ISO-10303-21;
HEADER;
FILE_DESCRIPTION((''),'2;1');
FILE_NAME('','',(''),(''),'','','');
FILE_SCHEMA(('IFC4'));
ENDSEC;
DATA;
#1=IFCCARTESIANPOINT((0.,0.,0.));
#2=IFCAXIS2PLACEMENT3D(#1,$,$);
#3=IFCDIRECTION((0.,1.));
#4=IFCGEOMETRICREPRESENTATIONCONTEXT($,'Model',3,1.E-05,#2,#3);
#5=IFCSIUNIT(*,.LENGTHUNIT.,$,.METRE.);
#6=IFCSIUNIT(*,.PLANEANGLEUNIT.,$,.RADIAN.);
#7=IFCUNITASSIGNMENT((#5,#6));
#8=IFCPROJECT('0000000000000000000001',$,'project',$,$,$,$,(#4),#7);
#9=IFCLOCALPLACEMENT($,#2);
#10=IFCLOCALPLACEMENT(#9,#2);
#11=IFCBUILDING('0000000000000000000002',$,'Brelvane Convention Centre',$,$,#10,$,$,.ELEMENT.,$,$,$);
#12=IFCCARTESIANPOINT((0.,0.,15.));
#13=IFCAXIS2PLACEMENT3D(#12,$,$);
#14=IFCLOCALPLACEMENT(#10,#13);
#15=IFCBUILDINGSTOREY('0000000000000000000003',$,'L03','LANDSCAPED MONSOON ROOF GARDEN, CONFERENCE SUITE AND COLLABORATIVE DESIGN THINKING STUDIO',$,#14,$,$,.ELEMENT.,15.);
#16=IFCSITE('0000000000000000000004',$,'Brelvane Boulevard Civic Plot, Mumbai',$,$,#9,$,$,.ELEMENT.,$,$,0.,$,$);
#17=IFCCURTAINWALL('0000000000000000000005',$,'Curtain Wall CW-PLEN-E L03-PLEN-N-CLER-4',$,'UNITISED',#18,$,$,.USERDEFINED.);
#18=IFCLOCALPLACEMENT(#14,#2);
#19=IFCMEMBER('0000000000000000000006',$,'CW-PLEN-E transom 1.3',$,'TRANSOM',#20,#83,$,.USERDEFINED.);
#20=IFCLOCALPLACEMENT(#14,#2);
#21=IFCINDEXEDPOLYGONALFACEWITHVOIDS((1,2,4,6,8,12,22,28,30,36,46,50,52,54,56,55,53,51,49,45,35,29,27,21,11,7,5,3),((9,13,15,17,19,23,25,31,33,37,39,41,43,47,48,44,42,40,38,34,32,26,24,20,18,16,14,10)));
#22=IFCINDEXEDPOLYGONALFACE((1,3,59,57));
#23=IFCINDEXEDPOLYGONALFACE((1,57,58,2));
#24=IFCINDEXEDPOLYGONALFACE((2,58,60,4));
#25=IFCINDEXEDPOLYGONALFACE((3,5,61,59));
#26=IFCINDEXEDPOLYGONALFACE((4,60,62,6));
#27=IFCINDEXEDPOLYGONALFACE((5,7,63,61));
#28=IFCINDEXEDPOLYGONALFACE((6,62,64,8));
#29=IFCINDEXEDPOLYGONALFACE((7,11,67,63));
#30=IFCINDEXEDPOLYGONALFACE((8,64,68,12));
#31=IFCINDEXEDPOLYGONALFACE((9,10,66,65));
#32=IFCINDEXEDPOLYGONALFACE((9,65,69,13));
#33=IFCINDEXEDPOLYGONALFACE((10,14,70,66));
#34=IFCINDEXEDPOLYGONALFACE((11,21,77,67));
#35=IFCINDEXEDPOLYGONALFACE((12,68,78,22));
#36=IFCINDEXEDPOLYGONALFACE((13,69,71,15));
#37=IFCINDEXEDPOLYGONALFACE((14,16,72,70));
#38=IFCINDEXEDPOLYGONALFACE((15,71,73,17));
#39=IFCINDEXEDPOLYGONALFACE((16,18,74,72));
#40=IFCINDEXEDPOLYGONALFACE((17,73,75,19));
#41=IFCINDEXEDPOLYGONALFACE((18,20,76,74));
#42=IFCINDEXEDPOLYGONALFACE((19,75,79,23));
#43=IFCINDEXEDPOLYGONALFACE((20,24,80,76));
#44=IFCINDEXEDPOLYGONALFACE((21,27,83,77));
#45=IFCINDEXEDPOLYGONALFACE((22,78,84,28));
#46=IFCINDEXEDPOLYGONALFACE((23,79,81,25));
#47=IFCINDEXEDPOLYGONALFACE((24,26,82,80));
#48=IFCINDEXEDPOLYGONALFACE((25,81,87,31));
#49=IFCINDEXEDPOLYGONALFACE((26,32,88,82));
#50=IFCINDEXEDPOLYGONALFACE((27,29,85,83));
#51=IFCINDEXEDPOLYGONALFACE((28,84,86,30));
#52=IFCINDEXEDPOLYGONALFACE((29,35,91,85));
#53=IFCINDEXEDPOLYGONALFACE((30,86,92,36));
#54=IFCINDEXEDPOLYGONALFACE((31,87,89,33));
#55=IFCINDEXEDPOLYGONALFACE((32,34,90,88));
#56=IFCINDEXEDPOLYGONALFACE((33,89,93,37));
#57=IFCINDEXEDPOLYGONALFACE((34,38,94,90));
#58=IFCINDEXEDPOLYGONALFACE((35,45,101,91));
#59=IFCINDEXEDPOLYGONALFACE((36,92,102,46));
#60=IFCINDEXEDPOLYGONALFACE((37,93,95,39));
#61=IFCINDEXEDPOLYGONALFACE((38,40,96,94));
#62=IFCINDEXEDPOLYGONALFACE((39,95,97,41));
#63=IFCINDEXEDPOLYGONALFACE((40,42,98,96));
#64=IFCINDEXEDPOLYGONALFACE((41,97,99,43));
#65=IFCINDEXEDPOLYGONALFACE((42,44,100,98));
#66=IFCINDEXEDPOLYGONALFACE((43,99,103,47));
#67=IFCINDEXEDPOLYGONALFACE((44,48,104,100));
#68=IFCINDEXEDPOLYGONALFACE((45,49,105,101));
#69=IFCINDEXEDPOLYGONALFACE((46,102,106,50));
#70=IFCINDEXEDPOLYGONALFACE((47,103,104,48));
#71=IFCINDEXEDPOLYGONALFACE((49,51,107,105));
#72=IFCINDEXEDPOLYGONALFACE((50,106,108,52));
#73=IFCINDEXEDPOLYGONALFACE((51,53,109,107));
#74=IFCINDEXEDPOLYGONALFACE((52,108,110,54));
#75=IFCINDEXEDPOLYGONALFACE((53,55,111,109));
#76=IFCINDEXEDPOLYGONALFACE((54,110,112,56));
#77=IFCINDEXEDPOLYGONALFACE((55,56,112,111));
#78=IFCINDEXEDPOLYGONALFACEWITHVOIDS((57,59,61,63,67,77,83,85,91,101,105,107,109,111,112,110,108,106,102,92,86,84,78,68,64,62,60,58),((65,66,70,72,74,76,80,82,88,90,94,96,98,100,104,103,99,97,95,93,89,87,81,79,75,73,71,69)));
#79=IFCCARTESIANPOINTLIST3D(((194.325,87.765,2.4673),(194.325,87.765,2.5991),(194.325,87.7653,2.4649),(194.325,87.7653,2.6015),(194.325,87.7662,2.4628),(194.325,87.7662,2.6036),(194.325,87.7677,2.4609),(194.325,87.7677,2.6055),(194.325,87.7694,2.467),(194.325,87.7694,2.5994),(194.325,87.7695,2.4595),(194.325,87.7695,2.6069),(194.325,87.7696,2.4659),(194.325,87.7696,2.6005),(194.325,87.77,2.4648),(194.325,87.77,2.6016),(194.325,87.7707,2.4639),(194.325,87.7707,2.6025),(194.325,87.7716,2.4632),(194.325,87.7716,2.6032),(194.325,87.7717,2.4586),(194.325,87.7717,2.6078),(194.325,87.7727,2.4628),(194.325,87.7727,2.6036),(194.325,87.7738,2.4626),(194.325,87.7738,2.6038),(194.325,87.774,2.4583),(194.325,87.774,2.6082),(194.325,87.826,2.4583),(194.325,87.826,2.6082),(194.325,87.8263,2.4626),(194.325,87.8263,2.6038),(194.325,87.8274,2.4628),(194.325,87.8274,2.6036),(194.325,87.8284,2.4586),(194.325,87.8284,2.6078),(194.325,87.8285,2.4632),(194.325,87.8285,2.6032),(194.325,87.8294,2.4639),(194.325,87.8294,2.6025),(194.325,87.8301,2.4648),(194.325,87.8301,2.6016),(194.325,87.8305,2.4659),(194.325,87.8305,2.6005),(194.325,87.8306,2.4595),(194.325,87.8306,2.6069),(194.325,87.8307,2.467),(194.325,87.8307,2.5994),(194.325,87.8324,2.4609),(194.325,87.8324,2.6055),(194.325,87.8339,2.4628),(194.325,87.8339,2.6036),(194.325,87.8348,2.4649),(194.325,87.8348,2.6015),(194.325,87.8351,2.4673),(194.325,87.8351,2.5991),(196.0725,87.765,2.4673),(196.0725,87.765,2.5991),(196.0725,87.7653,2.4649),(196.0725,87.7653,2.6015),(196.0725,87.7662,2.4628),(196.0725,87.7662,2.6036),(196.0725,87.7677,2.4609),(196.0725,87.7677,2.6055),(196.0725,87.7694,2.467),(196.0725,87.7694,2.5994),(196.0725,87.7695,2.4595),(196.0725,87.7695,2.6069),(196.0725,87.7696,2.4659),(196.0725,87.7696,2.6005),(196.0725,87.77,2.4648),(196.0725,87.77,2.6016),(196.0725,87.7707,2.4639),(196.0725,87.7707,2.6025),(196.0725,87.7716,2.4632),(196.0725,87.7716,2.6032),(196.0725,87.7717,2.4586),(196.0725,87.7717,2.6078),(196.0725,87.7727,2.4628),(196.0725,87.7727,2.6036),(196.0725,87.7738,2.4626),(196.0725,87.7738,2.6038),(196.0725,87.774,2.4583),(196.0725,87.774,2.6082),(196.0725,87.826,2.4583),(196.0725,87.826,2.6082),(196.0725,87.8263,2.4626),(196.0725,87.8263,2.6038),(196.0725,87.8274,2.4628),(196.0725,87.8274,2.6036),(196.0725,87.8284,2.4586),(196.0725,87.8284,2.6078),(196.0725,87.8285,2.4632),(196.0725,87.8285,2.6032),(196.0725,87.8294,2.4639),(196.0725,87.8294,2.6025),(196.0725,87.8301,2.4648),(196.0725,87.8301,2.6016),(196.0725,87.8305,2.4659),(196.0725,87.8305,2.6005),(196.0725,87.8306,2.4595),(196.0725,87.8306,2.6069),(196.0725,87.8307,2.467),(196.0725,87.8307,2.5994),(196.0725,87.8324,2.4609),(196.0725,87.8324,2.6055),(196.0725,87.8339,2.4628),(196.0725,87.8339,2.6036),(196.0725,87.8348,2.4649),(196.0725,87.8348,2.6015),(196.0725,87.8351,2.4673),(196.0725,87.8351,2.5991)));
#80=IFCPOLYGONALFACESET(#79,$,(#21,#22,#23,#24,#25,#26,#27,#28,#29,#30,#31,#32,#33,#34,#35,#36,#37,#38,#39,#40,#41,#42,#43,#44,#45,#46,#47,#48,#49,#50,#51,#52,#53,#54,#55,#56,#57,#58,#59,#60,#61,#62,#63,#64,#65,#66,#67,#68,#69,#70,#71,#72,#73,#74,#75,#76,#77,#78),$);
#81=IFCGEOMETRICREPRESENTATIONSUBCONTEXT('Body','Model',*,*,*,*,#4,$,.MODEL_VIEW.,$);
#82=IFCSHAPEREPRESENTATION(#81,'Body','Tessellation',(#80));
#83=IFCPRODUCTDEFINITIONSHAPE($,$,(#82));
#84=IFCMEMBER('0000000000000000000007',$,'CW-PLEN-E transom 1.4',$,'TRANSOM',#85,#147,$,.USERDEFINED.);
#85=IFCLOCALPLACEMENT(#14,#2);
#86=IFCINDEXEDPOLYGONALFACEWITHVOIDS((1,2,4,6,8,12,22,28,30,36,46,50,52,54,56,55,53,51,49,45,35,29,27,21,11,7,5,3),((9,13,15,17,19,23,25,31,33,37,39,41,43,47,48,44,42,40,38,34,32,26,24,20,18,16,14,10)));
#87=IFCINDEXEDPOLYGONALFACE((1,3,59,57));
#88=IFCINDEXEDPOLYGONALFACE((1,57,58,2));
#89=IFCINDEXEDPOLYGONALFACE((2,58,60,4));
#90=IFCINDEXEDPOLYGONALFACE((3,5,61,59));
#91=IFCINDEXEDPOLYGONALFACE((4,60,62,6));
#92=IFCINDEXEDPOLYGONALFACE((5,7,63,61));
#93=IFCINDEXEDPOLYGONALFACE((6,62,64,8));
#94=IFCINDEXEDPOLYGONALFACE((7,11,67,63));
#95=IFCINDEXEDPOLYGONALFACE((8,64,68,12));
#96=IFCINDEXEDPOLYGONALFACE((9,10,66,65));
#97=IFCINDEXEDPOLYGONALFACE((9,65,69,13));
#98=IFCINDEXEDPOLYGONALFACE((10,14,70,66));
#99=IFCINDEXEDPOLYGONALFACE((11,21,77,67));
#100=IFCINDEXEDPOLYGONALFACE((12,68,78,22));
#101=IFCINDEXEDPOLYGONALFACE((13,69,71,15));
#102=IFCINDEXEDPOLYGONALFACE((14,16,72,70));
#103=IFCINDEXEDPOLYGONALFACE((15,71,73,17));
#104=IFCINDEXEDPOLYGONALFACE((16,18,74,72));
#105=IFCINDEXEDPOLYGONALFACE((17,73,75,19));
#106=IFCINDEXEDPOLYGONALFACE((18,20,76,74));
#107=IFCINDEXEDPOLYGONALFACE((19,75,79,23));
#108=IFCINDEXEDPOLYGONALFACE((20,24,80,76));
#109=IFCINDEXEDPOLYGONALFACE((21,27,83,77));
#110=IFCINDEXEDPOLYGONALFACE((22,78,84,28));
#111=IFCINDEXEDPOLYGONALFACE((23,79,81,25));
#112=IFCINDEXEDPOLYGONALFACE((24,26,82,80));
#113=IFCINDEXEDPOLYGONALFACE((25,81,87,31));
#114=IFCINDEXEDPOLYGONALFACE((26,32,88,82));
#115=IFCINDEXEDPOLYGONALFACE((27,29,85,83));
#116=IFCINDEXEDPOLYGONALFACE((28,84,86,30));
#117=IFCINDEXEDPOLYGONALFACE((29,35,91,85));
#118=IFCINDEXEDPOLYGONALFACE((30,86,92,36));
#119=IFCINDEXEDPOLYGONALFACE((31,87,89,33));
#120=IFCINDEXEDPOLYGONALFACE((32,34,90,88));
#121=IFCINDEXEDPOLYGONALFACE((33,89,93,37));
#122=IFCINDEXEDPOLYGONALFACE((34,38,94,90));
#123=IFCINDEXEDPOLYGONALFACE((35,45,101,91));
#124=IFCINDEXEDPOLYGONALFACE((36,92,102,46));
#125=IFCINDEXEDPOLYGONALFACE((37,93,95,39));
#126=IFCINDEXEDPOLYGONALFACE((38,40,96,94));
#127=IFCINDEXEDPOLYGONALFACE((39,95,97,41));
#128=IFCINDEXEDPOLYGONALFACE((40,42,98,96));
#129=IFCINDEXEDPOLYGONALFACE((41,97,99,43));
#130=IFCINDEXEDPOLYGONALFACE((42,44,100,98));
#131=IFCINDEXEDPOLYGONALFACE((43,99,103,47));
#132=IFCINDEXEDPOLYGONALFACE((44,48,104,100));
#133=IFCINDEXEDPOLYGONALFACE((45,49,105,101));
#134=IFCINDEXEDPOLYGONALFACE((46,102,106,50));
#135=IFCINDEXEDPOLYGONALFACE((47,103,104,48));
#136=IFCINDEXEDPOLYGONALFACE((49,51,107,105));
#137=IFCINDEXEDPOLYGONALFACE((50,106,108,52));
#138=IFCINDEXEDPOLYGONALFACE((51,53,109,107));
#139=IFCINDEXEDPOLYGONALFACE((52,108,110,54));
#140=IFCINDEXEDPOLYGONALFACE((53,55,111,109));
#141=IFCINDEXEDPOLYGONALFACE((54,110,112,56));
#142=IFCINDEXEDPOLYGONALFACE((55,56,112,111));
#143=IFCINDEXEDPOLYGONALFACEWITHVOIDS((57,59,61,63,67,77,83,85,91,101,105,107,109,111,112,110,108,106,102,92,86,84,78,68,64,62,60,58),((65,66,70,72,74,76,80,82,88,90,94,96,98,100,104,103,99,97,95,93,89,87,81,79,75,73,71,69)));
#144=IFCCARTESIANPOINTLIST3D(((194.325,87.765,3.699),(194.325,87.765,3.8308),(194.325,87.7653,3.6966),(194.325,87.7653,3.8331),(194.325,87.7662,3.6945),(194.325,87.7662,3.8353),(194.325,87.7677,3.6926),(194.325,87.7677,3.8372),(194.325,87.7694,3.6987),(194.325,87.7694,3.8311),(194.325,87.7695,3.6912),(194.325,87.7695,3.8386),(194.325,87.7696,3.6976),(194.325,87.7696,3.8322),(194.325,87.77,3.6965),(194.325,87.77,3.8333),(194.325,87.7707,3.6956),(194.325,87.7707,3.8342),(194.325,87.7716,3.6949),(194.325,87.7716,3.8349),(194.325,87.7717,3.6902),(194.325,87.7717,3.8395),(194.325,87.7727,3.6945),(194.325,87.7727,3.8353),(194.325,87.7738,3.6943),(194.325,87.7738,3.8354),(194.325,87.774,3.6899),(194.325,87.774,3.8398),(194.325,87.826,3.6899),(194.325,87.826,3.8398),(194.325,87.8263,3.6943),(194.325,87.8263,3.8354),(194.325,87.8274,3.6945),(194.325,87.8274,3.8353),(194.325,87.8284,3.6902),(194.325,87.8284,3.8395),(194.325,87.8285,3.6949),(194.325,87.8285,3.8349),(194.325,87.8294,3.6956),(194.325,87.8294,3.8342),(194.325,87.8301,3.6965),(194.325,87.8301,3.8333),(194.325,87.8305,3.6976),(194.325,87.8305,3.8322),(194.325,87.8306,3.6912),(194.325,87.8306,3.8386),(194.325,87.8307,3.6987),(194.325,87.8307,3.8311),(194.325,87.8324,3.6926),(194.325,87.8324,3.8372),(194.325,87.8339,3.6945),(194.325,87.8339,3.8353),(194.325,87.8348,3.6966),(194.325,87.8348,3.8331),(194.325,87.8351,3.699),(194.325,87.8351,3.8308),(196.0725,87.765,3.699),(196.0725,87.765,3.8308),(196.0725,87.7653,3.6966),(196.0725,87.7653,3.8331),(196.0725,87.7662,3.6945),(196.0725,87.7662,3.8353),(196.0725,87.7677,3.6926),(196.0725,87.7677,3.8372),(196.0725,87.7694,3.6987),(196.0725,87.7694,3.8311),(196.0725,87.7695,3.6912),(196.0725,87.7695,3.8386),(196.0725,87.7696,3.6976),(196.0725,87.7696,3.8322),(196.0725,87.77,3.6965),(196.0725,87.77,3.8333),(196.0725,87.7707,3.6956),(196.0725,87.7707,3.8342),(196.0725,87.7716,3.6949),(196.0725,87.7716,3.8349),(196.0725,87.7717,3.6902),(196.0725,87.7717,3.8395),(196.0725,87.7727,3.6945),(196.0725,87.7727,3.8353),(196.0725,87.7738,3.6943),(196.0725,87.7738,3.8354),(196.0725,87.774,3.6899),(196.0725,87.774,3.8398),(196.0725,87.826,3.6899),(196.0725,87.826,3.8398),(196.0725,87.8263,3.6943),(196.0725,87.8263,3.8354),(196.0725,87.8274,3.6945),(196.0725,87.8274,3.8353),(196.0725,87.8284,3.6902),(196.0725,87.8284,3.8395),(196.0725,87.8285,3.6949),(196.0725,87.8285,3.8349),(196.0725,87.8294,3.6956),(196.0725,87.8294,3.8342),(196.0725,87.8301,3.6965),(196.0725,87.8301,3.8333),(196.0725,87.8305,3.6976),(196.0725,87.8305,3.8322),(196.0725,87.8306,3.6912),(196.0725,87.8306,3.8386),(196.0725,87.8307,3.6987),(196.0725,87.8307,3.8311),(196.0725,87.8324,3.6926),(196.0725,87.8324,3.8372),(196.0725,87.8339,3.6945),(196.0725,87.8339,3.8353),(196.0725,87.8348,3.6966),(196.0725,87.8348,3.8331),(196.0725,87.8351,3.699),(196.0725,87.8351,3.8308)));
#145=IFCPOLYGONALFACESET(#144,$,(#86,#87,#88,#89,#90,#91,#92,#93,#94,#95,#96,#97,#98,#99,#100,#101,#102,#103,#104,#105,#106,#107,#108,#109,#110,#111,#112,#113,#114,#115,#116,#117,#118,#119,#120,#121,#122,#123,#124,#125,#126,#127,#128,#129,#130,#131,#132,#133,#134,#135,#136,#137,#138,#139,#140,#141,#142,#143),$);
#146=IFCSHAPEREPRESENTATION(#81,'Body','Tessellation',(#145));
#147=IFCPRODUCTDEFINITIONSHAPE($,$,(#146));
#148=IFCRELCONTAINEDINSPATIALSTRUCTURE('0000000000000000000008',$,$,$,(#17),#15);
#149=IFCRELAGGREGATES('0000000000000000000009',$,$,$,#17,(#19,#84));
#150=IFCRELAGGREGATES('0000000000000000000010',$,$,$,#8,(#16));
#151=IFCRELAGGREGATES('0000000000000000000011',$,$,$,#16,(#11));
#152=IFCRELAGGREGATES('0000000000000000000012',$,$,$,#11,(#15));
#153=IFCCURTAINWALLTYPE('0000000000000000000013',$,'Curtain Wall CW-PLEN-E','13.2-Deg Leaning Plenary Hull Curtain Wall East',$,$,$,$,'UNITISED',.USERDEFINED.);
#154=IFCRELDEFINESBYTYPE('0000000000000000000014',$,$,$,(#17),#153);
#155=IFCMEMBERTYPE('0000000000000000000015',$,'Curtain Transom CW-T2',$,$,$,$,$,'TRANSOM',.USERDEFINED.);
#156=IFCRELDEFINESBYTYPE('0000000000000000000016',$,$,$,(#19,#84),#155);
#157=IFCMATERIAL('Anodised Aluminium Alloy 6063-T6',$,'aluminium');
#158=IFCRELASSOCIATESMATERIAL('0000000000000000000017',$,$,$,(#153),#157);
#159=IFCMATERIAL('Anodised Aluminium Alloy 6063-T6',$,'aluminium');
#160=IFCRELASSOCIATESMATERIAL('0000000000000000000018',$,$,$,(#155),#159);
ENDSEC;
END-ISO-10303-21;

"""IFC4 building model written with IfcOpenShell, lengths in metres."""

from ifc_helpers import new_model, si_unit, direction, frame, origin, origin_2d, place, context, subcontext, project, spatial, hollow_rectangle, extrude, material, material_profile, profile_set, type_object, element, aggregate, save


model = new_model("IFC4")

# Units and contexts
model_context = context("Model", 3, precision=1e-05, world=origin(), true_north=direction((0.0, 1.0)))
body_context = subcontext(model_context, "Body", "Model", "MODEL_VIEW")
ifc_project = project(units=[si_unit("LENGTHUNIT", "METRE"), si_unit("PLANEANGLEUNIT", "RADIAN")], contexts=[model_context])

# Site, building, storey
site_placement = place(None, origin())
site = spatial("IfcSite", under=ifc_project, at=site_placement, Name="Brelvane Boulevard Civic Plot, Mumbai", CompositionType="ELEMENT", RefElevation=0.0)
building_placement = place(site_placement, origin())
building = spatial("IfcBuilding", under=site, at=building_placement, Name="Brelvane Convention Centre", CompositionType="ELEMENT")
storey_placement = place(building_placement, frame((0.0, 0.0, 15.0)))
storey = spatial("IfcBuildingStorey", under=building, at=storey_placement, Name="L03", Description="LANDSCAPED MONSOON ROOF GARDEN, CONFERENCE SUITE AND COLLABORATIVE DESIGN THINKING STUDIO", CompositionType="ELEMENT", Elevation=15.0)

# Shared definitions
ifc_material_1 = material(Name="Anodised Aluminium Alloy 6063-T6", Category="aluminium")
curtain_wall_type = type_object("IfcCurtainWallType", Name="Curtain Wall CW-PLEN-E", Description="13.2-Deg Leaning Plenary Hull Curtain Wall East", ElementType="UNITISED", PredefinedType="USERDEFINED", material=ifc_material_1)

# Curtain wall
curtain_wall_1_placement = place(storey_placement, origin())
curtain_wall_1 = element("IfcCurtainWall", 1, at=curtain_wall_1_placement, inside=storey, type_object=curtain_wall_type, Name="Curtain Wall CW-PLEN-E L03-PLEN-N-CLER-4", ObjectType="UNITISED", PredefinedType="USERDEFINED")

# Members
ifc_material_2 = material(Name="Anodised Aluminium Alloy 6063-T6", Category="aluminium")
ifc_material_profile_1 = material_profile(ifc_material_2, hollow_rectangle(XDim=0.0701, YDim=0.1499, WallThickness=0.0044, InnerFilletRadius=0.0044, OuterFilletRadius=0.009, at=origin_2d()), Name="ALU-T 150x70x4.5")
ifc_profile_set_1 = profile_set([ifc_material_profile_1], Name="Anodised Aluminium Alloy 6063-T6")
member_type_1 = type_object("IfcMemberType", Name="Curtain Transom CW-T2", ElementType="TRANSOM", PredefinedType="USERDEFINED", material=ifc_profile_set_1)
member_1_placement = place(storey_placement, frame((194.325, 87.8, 2.5332), z_axis=(1.0, 0.0, 0.0), x_axis=(0.0, 1.0, 0.0)))
member_1 = element("IfcMember", 2, at=member_1_placement, type_object=member_type_1, Name="CW-PLEN-E transom 1.3", ObjectType="TRANSOM", PredefinedType="USERDEFINED", context=body_context, shape_type="SweptSolid", body=[
    extrude(hollow_rectangle(XDim=0.0701, YDim=0.1499, WallThickness=0.0044, InnerFilletRadius=0.0044, OuterFilletRadius=0.009, at=origin_2d()), origin(), (0.0, 0.0, 1.0), 1.7476),
])
member_2_placement = place(storey_placement, frame((194.325, 87.8, 3.7649), z_axis=(1.0, 0.0, 0.0), x_axis=(0.0, 1.0, 0.0)))
member_2 = element("IfcMember", 3, at=member_2_placement, type_object=member_type_1, Name="CW-PLEN-E transom 1.4", ObjectType="TRANSOM", PredefinedType="USERDEFINED", context=body_context, shape_type="SweptSolid", body=[
    extrude(hollow_rectangle(XDim=0.0701, YDim=0.1499, WallThickness=0.0044, InnerFilletRadius=0.0044, OuterFilletRadius=0.009, at=origin_2d()), origin(), (0.0, 0.0, 1.0), 1.7476),
])

aggregate(curtain_wall_1, [member_1, member_2])

save(model, "model.ifc")
